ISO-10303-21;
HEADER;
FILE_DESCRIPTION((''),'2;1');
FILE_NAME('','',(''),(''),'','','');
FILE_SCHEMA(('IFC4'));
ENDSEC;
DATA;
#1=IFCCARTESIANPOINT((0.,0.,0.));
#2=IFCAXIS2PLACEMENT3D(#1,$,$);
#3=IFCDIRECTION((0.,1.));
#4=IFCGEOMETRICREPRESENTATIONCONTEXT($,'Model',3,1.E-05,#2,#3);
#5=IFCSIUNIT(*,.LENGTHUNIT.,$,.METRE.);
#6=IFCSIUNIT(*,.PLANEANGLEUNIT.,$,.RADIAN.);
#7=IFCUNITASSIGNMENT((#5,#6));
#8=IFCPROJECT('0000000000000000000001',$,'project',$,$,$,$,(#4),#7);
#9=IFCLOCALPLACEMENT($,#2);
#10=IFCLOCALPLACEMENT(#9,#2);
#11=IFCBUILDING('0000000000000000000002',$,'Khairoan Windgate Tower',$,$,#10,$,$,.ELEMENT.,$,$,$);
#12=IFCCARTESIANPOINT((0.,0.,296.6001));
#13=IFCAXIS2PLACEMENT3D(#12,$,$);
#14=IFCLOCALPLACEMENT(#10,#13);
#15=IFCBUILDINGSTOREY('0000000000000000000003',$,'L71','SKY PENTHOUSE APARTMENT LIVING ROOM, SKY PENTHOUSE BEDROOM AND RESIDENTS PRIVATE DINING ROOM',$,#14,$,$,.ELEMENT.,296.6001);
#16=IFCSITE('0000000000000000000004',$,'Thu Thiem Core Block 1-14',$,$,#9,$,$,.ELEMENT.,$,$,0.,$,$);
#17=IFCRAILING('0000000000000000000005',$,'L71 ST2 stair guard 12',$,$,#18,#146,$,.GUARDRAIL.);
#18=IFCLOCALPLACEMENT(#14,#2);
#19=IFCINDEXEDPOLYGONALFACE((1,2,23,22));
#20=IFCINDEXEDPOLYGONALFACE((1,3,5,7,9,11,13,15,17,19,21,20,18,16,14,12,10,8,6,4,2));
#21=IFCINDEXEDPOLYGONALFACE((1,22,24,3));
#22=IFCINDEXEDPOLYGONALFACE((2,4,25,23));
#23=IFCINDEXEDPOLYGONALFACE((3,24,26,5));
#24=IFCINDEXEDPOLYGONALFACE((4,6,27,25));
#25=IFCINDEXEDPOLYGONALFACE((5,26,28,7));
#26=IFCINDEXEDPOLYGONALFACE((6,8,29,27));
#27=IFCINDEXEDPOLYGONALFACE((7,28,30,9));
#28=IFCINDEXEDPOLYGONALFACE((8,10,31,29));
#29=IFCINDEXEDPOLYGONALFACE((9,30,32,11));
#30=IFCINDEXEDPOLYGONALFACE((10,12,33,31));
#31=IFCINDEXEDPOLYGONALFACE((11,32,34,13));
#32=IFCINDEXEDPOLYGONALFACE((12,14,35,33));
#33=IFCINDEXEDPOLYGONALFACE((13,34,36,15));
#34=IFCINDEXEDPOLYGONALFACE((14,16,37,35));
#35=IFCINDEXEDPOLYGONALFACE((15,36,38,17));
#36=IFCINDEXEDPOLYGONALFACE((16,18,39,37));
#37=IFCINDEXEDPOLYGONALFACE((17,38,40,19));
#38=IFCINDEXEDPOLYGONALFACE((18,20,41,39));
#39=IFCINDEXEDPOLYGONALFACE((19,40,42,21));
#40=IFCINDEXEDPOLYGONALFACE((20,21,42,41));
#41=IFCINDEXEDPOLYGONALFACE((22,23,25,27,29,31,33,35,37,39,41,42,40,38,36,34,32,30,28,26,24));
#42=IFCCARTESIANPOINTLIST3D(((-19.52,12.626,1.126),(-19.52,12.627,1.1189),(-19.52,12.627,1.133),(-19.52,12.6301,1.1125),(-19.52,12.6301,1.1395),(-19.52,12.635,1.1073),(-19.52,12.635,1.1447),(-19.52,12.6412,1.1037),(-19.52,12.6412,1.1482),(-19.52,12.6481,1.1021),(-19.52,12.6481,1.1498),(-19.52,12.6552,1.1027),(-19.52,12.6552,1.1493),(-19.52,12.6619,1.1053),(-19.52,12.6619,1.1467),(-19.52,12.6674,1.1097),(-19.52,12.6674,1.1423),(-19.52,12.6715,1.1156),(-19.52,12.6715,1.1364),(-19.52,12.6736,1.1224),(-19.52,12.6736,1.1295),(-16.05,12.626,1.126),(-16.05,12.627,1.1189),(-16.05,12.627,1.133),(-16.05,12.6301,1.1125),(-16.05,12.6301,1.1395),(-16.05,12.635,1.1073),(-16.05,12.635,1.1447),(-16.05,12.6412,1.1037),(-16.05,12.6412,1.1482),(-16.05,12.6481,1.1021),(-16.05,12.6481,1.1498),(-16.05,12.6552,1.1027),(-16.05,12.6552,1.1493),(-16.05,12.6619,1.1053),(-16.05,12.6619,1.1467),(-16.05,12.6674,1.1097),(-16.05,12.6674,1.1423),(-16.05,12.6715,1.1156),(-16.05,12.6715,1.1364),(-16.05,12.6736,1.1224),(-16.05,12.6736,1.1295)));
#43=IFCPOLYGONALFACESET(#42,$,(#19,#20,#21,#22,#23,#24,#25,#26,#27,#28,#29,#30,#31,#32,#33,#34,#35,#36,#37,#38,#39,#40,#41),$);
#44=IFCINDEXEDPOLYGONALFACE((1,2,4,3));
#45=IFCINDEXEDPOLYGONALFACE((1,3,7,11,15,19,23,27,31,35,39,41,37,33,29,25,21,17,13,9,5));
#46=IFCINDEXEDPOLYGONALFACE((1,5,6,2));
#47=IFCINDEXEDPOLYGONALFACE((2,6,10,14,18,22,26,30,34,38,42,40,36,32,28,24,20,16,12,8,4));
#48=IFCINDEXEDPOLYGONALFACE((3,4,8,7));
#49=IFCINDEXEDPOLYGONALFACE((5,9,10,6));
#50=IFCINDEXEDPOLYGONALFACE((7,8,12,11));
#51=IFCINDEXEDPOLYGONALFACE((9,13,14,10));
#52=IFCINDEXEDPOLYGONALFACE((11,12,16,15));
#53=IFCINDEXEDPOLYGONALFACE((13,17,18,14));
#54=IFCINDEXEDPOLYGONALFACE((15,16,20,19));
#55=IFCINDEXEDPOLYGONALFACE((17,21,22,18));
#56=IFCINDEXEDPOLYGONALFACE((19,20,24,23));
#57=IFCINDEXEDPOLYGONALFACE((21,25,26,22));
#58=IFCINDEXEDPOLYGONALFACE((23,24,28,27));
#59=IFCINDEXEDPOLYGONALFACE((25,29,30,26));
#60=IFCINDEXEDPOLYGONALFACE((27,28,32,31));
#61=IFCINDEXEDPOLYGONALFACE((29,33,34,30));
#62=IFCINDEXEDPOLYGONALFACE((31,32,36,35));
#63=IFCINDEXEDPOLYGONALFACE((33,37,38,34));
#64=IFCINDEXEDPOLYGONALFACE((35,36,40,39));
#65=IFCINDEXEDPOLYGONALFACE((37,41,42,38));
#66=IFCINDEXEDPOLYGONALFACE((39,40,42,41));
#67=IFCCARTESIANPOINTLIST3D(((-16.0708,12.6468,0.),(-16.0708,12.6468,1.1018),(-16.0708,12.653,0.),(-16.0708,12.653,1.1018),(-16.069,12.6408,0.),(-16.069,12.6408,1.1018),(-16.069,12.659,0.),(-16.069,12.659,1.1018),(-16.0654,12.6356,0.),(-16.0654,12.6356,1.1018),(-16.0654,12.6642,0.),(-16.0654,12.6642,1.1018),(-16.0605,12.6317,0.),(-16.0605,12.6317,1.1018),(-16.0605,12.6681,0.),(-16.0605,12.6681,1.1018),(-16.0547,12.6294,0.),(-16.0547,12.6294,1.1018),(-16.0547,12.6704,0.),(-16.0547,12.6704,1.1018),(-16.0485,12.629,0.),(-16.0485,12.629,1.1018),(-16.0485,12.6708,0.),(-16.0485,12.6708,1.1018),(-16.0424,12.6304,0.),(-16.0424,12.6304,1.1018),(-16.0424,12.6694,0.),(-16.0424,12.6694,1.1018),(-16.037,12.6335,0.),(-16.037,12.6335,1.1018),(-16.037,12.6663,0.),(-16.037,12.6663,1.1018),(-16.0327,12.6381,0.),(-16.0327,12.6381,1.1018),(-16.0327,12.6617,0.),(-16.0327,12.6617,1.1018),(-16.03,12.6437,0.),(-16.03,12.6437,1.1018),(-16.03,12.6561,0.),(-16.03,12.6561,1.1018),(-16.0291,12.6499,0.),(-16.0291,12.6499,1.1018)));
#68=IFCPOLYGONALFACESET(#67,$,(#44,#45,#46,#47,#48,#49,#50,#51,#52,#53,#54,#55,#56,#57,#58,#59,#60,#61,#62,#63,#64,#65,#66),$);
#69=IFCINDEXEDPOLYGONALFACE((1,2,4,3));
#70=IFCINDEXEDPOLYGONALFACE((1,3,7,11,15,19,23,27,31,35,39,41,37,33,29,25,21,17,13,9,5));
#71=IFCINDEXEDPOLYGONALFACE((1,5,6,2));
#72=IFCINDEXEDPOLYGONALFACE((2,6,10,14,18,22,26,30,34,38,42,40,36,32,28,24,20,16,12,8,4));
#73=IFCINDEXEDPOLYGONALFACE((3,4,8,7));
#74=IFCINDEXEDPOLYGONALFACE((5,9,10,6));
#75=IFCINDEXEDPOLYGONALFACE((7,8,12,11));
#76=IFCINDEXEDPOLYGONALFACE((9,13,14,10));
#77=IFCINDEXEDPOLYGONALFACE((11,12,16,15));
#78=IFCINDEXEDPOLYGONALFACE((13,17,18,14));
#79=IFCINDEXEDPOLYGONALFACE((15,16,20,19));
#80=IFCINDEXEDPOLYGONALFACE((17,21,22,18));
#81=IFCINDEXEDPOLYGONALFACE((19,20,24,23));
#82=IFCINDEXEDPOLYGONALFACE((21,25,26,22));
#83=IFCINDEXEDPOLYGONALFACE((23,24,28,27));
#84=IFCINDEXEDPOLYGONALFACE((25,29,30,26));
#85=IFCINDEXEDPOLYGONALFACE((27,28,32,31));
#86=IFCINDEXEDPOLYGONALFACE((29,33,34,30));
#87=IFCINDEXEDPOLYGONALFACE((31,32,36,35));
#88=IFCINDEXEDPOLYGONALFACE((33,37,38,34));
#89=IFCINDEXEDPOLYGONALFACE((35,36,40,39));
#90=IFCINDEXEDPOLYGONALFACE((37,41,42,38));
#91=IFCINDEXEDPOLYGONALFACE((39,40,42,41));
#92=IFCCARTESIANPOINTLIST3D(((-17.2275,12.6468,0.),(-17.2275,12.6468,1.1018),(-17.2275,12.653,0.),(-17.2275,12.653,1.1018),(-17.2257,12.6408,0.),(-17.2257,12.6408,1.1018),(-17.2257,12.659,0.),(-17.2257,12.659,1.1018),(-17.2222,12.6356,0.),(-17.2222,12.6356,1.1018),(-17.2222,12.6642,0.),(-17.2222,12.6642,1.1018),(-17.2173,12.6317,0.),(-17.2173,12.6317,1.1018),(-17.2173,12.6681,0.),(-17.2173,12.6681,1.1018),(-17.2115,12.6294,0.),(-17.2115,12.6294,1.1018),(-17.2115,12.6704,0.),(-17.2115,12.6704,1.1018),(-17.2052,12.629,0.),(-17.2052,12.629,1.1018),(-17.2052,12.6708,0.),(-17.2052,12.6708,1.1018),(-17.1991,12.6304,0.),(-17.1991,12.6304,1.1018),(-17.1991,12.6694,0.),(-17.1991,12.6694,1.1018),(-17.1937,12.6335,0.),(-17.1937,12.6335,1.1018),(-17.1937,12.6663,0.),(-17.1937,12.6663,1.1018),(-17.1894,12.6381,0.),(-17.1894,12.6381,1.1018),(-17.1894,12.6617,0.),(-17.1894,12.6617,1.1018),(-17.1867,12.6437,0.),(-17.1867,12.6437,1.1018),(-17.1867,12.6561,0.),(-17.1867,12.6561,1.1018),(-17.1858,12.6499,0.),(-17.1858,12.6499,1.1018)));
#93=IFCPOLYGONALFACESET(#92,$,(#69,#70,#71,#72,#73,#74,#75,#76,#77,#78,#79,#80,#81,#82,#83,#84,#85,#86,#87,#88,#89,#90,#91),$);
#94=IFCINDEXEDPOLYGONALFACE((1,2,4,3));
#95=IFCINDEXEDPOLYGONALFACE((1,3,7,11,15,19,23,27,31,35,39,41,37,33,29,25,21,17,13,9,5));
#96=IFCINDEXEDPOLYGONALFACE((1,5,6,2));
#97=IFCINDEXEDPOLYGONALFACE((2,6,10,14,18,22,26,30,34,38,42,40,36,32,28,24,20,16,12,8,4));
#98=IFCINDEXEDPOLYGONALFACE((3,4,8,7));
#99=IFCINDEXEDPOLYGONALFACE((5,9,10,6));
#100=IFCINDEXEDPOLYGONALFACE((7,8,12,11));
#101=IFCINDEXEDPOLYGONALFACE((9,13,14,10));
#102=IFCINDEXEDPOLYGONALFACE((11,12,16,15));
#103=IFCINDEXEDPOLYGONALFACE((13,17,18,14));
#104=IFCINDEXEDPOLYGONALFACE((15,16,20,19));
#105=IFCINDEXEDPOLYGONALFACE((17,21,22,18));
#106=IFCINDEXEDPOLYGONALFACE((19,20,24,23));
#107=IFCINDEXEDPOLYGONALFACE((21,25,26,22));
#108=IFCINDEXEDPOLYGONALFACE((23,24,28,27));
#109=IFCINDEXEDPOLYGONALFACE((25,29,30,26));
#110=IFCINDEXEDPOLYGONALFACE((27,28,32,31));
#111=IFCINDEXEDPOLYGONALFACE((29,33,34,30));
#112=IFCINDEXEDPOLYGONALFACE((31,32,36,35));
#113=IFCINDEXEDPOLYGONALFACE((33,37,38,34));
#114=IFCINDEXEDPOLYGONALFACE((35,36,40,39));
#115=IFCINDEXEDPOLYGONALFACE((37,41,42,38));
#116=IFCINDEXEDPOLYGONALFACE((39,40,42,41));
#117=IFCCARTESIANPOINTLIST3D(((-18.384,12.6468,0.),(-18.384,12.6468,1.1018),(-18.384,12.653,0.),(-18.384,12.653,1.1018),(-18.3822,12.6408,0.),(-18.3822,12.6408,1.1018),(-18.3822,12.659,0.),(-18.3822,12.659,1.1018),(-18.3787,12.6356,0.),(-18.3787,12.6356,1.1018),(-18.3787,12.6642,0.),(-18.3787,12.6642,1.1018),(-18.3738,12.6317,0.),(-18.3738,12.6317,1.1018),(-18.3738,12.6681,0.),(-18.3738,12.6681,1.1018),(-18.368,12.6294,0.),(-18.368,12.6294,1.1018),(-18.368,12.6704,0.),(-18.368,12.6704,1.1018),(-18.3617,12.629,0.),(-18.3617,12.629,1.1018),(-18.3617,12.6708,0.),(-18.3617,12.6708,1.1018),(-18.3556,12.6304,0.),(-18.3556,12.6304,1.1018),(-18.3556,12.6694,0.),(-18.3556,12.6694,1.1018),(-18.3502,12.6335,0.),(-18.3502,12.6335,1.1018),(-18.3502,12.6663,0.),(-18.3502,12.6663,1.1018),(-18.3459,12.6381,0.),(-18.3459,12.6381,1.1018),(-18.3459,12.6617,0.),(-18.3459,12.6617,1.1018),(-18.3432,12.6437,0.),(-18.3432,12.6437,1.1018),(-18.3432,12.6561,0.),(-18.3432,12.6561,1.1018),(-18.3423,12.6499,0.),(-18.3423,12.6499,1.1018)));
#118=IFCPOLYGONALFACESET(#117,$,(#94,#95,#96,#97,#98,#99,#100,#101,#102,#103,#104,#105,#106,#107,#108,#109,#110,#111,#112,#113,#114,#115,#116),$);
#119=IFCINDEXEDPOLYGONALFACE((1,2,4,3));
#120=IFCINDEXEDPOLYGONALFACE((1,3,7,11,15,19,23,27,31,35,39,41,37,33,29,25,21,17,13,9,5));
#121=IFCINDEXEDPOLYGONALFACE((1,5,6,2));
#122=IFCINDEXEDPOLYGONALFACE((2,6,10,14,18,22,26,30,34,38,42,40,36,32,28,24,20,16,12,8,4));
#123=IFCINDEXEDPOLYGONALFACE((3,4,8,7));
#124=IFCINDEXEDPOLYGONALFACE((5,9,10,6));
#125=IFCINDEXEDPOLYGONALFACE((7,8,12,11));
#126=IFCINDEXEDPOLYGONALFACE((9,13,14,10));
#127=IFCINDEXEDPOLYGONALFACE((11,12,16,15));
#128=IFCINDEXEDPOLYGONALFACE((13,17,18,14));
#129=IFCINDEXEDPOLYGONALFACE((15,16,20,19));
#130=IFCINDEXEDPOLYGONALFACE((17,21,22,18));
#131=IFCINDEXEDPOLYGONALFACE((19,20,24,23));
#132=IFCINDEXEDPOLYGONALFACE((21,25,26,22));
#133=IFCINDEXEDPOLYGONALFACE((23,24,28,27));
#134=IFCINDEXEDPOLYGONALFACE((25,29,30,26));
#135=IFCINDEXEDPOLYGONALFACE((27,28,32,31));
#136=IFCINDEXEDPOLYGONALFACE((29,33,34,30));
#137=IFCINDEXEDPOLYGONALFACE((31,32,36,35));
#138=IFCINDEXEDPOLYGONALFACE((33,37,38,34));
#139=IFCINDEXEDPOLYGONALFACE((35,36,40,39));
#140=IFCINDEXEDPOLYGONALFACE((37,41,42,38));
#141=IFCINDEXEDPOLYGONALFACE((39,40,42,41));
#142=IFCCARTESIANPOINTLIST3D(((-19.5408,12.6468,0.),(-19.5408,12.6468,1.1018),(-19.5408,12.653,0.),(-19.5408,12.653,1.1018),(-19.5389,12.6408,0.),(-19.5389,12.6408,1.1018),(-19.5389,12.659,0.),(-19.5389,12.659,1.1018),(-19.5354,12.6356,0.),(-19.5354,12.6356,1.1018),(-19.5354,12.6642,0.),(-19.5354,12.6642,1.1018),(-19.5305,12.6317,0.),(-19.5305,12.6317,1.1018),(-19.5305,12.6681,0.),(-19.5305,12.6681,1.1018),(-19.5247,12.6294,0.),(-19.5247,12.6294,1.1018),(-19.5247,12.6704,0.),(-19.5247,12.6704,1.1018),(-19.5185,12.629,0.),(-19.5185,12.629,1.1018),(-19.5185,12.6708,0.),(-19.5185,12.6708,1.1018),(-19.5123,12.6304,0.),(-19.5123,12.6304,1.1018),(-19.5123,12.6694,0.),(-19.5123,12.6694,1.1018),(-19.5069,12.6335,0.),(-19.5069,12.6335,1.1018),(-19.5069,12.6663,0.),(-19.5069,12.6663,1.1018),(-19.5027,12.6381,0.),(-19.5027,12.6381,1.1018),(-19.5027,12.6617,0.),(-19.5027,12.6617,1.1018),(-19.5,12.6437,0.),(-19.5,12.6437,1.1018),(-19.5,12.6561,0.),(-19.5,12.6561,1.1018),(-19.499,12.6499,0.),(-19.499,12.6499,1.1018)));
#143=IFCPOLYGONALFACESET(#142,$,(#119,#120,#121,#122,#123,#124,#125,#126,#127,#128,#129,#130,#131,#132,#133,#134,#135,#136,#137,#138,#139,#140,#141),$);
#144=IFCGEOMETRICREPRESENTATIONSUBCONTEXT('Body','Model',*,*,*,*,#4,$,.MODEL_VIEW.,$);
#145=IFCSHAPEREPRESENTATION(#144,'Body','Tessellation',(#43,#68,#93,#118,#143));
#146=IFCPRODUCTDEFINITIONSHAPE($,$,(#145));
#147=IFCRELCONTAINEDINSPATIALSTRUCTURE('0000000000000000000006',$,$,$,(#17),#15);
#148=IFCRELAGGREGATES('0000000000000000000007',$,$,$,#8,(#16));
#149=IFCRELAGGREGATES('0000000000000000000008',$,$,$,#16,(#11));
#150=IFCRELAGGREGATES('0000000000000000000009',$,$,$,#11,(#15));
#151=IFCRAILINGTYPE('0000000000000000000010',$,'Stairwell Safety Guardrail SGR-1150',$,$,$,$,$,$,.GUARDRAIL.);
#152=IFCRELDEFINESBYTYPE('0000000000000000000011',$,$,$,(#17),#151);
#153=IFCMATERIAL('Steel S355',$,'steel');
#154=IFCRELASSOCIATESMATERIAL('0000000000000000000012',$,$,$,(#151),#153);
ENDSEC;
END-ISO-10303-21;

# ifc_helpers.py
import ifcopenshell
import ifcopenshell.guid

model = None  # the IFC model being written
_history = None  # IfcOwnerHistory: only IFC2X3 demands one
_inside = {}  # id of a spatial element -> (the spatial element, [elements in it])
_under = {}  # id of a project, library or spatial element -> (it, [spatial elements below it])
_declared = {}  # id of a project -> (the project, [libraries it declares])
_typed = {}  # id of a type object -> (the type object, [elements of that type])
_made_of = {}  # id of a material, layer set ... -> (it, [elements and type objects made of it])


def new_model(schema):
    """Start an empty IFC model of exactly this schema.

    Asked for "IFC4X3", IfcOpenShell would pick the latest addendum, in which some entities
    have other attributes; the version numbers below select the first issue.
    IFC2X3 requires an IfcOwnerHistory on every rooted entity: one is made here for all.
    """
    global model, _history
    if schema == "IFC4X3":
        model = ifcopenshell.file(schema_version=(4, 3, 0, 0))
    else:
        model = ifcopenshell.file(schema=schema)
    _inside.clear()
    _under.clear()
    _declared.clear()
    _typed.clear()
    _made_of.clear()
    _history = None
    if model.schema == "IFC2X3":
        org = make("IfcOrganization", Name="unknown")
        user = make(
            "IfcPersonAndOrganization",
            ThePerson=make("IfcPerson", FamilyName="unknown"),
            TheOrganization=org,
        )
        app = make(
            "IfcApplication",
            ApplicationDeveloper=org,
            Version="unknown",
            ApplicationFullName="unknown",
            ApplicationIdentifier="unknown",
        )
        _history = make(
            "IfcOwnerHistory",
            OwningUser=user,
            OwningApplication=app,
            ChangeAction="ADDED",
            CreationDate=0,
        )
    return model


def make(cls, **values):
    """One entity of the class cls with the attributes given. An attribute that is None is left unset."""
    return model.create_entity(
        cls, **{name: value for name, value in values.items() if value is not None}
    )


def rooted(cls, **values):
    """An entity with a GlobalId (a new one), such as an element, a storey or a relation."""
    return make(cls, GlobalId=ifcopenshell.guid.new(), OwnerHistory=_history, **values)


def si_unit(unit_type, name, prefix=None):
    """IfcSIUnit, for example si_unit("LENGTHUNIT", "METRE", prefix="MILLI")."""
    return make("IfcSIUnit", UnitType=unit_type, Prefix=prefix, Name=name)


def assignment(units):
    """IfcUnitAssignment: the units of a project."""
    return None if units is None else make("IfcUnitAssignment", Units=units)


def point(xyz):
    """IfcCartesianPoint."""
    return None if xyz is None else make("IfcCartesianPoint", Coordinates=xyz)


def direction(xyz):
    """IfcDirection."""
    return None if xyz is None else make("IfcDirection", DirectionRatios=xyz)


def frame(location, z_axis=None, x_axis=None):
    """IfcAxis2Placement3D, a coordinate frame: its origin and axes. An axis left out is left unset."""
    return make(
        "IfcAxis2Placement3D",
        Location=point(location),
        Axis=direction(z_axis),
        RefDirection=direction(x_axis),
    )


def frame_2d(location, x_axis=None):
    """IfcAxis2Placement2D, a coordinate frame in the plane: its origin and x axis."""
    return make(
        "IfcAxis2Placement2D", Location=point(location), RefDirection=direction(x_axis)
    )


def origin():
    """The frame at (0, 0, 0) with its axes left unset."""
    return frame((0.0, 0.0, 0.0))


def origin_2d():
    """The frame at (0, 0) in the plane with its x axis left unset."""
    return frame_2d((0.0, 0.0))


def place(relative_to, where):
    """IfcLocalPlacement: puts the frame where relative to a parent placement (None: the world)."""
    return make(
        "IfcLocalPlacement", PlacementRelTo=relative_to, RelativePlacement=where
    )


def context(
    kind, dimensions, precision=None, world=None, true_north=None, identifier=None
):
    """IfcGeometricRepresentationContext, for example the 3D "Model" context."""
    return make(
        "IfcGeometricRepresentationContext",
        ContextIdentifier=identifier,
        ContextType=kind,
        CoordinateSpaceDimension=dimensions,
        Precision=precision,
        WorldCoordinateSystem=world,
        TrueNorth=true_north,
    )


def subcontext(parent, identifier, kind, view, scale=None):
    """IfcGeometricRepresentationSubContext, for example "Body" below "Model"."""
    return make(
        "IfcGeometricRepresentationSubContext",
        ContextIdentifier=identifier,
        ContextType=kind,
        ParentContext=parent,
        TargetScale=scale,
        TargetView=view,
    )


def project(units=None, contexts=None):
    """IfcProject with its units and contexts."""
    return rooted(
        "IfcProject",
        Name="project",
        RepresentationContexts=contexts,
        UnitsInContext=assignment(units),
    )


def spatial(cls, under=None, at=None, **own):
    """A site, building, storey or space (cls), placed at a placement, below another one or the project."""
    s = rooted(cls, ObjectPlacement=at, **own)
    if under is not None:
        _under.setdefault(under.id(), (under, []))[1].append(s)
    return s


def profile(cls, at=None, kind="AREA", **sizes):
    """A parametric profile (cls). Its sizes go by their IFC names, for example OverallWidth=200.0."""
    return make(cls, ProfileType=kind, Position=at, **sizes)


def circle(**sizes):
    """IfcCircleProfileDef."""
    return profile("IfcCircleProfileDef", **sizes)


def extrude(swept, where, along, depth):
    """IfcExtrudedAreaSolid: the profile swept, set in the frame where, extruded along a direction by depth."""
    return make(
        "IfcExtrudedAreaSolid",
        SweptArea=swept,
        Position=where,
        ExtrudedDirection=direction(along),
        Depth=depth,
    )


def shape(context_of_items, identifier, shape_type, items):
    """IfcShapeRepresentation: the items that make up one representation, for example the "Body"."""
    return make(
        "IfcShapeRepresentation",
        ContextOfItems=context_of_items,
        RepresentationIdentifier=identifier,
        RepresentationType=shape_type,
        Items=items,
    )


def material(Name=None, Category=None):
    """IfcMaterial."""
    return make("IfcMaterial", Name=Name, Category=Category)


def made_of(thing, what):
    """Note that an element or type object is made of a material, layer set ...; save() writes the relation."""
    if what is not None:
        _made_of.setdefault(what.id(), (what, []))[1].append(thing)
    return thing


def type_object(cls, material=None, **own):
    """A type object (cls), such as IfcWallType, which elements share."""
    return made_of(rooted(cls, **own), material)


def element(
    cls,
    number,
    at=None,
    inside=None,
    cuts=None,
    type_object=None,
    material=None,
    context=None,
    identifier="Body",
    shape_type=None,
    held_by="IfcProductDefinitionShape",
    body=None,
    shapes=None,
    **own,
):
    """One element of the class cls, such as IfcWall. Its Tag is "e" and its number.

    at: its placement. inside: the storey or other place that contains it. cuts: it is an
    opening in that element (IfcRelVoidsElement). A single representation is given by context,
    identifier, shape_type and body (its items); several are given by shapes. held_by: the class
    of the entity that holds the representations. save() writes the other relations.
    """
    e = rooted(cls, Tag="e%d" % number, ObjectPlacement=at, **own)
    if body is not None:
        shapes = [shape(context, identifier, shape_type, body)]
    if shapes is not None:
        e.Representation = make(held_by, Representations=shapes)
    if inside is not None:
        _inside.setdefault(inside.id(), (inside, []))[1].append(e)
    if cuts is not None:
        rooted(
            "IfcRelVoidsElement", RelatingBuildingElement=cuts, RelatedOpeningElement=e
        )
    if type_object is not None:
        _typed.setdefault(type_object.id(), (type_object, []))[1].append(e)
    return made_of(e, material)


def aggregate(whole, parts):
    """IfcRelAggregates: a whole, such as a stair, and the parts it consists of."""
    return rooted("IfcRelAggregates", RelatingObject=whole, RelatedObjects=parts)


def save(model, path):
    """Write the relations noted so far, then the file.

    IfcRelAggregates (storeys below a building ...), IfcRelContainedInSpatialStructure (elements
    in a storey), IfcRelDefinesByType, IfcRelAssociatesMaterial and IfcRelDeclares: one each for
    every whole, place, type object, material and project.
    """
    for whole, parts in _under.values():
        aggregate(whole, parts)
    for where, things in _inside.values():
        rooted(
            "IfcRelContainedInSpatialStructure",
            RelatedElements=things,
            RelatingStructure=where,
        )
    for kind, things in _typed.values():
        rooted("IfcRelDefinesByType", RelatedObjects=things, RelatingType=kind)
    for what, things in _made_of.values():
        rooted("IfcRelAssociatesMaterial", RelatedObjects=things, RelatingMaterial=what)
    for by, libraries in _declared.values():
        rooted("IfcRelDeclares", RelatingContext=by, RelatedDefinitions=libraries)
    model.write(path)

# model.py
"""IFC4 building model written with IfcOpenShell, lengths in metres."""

from ifc_helpers import new_model, si_unit, direction, frame, origin, origin_2d, place, context, subcontext, project, spatial, circle, extrude, material, type_object, element, save


model = new_model("IFC4")

# Units and contexts
model_context = context("Model", 3, precision=1e-05, world=origin(), true_north=direction((0.0, 1.0)))
body_context = subcontext(model_context, "Body", "Model", "MODEL_VIEW")
ifc_project = project(units=[si_unit("LENGTHUNIT", "METRE"), si_unit("PLANEANGLEUNIT", "RADIAN")], contexts=[model_context])

# Site, building, storey
site_placement = place(None, origin())
site = spatial("IfcSite", under=ifc_project, at=site_placement, Name="Thu Thiem Core Block 1-14", CompositionType="ELEMENT", RefElevation=0.0)
building_placement = place(site_placement, origin())
building = spatial("IfcBuilding", under=site, at=building_placement, Name="Khairoan Windgate Tower", CompositionType="ELEMENT")
storey_placement = place(building_placement, frame((0.0, 0.0, 296.6001)))
storey = spatial("IfcBuildingStorey", under=building, at=storey_placement, Name="L71", Description="SKY PENTHOUSE APARTMENT LIVING ROOM, SKY PENTHOUSE BEDROOM AND RESIDENTS PRIVATE DINING ROOM", CompositionType="ELEMENT", Elevation=296.6001)

# Railing
ifc_material_1 = material(Name="Steel S355", Category="steel")
railing_type = type_object("IfcRailingType", Name="Stairwell Safety Guardrail SGR-1150", PredefinedType="GUARDRAIL", material=ifc_material_1)
railing_1_placement = place(storey_placement, frame((-16.05, 12.6499, 0.0)))
element("IfcRailing", 1, at=railing_1_placement, inside=storey, type_object=railing_type, Name="L71 ST2 stair guard 12", PredefinedType="GUARDRAIL", context=body_context, shape_type="SweptSolid", body=[
    extrude(circle(Radius=0.0239, at=origin_2d()), frame((0.0, 0.0, 1.126), z_axis=(-1.0, 0.0, 0.0), x_axis=(0.0, -1.0, 0.0)), (0.0, 0.0, 1.0), 3.47),
    extrude(circle(Radius=0.021, at=origin_2d()), origin(), (0.0, 0.0, 1.0), 1.1018),
    extrude(circle(Radius=0.021, at=origin_2d()), frame((-1.1567, 0.0, 0.0)), (0.0, 0.0, 1.0), 1.1018),
    extrude(circle(Radius=0.021, at=origin_2d()), frame((-2.3132, 0.0, 0.0)), (0.0, 0.0, 1.0), 1.1018),
    extrude(circle(Radius=0.021, at=origin_2d()), frame((-3.47, 0.0, 0.0)), (0.0, 0.0, 1.0), 1.1018),
])

save(model, "model.ifc")
